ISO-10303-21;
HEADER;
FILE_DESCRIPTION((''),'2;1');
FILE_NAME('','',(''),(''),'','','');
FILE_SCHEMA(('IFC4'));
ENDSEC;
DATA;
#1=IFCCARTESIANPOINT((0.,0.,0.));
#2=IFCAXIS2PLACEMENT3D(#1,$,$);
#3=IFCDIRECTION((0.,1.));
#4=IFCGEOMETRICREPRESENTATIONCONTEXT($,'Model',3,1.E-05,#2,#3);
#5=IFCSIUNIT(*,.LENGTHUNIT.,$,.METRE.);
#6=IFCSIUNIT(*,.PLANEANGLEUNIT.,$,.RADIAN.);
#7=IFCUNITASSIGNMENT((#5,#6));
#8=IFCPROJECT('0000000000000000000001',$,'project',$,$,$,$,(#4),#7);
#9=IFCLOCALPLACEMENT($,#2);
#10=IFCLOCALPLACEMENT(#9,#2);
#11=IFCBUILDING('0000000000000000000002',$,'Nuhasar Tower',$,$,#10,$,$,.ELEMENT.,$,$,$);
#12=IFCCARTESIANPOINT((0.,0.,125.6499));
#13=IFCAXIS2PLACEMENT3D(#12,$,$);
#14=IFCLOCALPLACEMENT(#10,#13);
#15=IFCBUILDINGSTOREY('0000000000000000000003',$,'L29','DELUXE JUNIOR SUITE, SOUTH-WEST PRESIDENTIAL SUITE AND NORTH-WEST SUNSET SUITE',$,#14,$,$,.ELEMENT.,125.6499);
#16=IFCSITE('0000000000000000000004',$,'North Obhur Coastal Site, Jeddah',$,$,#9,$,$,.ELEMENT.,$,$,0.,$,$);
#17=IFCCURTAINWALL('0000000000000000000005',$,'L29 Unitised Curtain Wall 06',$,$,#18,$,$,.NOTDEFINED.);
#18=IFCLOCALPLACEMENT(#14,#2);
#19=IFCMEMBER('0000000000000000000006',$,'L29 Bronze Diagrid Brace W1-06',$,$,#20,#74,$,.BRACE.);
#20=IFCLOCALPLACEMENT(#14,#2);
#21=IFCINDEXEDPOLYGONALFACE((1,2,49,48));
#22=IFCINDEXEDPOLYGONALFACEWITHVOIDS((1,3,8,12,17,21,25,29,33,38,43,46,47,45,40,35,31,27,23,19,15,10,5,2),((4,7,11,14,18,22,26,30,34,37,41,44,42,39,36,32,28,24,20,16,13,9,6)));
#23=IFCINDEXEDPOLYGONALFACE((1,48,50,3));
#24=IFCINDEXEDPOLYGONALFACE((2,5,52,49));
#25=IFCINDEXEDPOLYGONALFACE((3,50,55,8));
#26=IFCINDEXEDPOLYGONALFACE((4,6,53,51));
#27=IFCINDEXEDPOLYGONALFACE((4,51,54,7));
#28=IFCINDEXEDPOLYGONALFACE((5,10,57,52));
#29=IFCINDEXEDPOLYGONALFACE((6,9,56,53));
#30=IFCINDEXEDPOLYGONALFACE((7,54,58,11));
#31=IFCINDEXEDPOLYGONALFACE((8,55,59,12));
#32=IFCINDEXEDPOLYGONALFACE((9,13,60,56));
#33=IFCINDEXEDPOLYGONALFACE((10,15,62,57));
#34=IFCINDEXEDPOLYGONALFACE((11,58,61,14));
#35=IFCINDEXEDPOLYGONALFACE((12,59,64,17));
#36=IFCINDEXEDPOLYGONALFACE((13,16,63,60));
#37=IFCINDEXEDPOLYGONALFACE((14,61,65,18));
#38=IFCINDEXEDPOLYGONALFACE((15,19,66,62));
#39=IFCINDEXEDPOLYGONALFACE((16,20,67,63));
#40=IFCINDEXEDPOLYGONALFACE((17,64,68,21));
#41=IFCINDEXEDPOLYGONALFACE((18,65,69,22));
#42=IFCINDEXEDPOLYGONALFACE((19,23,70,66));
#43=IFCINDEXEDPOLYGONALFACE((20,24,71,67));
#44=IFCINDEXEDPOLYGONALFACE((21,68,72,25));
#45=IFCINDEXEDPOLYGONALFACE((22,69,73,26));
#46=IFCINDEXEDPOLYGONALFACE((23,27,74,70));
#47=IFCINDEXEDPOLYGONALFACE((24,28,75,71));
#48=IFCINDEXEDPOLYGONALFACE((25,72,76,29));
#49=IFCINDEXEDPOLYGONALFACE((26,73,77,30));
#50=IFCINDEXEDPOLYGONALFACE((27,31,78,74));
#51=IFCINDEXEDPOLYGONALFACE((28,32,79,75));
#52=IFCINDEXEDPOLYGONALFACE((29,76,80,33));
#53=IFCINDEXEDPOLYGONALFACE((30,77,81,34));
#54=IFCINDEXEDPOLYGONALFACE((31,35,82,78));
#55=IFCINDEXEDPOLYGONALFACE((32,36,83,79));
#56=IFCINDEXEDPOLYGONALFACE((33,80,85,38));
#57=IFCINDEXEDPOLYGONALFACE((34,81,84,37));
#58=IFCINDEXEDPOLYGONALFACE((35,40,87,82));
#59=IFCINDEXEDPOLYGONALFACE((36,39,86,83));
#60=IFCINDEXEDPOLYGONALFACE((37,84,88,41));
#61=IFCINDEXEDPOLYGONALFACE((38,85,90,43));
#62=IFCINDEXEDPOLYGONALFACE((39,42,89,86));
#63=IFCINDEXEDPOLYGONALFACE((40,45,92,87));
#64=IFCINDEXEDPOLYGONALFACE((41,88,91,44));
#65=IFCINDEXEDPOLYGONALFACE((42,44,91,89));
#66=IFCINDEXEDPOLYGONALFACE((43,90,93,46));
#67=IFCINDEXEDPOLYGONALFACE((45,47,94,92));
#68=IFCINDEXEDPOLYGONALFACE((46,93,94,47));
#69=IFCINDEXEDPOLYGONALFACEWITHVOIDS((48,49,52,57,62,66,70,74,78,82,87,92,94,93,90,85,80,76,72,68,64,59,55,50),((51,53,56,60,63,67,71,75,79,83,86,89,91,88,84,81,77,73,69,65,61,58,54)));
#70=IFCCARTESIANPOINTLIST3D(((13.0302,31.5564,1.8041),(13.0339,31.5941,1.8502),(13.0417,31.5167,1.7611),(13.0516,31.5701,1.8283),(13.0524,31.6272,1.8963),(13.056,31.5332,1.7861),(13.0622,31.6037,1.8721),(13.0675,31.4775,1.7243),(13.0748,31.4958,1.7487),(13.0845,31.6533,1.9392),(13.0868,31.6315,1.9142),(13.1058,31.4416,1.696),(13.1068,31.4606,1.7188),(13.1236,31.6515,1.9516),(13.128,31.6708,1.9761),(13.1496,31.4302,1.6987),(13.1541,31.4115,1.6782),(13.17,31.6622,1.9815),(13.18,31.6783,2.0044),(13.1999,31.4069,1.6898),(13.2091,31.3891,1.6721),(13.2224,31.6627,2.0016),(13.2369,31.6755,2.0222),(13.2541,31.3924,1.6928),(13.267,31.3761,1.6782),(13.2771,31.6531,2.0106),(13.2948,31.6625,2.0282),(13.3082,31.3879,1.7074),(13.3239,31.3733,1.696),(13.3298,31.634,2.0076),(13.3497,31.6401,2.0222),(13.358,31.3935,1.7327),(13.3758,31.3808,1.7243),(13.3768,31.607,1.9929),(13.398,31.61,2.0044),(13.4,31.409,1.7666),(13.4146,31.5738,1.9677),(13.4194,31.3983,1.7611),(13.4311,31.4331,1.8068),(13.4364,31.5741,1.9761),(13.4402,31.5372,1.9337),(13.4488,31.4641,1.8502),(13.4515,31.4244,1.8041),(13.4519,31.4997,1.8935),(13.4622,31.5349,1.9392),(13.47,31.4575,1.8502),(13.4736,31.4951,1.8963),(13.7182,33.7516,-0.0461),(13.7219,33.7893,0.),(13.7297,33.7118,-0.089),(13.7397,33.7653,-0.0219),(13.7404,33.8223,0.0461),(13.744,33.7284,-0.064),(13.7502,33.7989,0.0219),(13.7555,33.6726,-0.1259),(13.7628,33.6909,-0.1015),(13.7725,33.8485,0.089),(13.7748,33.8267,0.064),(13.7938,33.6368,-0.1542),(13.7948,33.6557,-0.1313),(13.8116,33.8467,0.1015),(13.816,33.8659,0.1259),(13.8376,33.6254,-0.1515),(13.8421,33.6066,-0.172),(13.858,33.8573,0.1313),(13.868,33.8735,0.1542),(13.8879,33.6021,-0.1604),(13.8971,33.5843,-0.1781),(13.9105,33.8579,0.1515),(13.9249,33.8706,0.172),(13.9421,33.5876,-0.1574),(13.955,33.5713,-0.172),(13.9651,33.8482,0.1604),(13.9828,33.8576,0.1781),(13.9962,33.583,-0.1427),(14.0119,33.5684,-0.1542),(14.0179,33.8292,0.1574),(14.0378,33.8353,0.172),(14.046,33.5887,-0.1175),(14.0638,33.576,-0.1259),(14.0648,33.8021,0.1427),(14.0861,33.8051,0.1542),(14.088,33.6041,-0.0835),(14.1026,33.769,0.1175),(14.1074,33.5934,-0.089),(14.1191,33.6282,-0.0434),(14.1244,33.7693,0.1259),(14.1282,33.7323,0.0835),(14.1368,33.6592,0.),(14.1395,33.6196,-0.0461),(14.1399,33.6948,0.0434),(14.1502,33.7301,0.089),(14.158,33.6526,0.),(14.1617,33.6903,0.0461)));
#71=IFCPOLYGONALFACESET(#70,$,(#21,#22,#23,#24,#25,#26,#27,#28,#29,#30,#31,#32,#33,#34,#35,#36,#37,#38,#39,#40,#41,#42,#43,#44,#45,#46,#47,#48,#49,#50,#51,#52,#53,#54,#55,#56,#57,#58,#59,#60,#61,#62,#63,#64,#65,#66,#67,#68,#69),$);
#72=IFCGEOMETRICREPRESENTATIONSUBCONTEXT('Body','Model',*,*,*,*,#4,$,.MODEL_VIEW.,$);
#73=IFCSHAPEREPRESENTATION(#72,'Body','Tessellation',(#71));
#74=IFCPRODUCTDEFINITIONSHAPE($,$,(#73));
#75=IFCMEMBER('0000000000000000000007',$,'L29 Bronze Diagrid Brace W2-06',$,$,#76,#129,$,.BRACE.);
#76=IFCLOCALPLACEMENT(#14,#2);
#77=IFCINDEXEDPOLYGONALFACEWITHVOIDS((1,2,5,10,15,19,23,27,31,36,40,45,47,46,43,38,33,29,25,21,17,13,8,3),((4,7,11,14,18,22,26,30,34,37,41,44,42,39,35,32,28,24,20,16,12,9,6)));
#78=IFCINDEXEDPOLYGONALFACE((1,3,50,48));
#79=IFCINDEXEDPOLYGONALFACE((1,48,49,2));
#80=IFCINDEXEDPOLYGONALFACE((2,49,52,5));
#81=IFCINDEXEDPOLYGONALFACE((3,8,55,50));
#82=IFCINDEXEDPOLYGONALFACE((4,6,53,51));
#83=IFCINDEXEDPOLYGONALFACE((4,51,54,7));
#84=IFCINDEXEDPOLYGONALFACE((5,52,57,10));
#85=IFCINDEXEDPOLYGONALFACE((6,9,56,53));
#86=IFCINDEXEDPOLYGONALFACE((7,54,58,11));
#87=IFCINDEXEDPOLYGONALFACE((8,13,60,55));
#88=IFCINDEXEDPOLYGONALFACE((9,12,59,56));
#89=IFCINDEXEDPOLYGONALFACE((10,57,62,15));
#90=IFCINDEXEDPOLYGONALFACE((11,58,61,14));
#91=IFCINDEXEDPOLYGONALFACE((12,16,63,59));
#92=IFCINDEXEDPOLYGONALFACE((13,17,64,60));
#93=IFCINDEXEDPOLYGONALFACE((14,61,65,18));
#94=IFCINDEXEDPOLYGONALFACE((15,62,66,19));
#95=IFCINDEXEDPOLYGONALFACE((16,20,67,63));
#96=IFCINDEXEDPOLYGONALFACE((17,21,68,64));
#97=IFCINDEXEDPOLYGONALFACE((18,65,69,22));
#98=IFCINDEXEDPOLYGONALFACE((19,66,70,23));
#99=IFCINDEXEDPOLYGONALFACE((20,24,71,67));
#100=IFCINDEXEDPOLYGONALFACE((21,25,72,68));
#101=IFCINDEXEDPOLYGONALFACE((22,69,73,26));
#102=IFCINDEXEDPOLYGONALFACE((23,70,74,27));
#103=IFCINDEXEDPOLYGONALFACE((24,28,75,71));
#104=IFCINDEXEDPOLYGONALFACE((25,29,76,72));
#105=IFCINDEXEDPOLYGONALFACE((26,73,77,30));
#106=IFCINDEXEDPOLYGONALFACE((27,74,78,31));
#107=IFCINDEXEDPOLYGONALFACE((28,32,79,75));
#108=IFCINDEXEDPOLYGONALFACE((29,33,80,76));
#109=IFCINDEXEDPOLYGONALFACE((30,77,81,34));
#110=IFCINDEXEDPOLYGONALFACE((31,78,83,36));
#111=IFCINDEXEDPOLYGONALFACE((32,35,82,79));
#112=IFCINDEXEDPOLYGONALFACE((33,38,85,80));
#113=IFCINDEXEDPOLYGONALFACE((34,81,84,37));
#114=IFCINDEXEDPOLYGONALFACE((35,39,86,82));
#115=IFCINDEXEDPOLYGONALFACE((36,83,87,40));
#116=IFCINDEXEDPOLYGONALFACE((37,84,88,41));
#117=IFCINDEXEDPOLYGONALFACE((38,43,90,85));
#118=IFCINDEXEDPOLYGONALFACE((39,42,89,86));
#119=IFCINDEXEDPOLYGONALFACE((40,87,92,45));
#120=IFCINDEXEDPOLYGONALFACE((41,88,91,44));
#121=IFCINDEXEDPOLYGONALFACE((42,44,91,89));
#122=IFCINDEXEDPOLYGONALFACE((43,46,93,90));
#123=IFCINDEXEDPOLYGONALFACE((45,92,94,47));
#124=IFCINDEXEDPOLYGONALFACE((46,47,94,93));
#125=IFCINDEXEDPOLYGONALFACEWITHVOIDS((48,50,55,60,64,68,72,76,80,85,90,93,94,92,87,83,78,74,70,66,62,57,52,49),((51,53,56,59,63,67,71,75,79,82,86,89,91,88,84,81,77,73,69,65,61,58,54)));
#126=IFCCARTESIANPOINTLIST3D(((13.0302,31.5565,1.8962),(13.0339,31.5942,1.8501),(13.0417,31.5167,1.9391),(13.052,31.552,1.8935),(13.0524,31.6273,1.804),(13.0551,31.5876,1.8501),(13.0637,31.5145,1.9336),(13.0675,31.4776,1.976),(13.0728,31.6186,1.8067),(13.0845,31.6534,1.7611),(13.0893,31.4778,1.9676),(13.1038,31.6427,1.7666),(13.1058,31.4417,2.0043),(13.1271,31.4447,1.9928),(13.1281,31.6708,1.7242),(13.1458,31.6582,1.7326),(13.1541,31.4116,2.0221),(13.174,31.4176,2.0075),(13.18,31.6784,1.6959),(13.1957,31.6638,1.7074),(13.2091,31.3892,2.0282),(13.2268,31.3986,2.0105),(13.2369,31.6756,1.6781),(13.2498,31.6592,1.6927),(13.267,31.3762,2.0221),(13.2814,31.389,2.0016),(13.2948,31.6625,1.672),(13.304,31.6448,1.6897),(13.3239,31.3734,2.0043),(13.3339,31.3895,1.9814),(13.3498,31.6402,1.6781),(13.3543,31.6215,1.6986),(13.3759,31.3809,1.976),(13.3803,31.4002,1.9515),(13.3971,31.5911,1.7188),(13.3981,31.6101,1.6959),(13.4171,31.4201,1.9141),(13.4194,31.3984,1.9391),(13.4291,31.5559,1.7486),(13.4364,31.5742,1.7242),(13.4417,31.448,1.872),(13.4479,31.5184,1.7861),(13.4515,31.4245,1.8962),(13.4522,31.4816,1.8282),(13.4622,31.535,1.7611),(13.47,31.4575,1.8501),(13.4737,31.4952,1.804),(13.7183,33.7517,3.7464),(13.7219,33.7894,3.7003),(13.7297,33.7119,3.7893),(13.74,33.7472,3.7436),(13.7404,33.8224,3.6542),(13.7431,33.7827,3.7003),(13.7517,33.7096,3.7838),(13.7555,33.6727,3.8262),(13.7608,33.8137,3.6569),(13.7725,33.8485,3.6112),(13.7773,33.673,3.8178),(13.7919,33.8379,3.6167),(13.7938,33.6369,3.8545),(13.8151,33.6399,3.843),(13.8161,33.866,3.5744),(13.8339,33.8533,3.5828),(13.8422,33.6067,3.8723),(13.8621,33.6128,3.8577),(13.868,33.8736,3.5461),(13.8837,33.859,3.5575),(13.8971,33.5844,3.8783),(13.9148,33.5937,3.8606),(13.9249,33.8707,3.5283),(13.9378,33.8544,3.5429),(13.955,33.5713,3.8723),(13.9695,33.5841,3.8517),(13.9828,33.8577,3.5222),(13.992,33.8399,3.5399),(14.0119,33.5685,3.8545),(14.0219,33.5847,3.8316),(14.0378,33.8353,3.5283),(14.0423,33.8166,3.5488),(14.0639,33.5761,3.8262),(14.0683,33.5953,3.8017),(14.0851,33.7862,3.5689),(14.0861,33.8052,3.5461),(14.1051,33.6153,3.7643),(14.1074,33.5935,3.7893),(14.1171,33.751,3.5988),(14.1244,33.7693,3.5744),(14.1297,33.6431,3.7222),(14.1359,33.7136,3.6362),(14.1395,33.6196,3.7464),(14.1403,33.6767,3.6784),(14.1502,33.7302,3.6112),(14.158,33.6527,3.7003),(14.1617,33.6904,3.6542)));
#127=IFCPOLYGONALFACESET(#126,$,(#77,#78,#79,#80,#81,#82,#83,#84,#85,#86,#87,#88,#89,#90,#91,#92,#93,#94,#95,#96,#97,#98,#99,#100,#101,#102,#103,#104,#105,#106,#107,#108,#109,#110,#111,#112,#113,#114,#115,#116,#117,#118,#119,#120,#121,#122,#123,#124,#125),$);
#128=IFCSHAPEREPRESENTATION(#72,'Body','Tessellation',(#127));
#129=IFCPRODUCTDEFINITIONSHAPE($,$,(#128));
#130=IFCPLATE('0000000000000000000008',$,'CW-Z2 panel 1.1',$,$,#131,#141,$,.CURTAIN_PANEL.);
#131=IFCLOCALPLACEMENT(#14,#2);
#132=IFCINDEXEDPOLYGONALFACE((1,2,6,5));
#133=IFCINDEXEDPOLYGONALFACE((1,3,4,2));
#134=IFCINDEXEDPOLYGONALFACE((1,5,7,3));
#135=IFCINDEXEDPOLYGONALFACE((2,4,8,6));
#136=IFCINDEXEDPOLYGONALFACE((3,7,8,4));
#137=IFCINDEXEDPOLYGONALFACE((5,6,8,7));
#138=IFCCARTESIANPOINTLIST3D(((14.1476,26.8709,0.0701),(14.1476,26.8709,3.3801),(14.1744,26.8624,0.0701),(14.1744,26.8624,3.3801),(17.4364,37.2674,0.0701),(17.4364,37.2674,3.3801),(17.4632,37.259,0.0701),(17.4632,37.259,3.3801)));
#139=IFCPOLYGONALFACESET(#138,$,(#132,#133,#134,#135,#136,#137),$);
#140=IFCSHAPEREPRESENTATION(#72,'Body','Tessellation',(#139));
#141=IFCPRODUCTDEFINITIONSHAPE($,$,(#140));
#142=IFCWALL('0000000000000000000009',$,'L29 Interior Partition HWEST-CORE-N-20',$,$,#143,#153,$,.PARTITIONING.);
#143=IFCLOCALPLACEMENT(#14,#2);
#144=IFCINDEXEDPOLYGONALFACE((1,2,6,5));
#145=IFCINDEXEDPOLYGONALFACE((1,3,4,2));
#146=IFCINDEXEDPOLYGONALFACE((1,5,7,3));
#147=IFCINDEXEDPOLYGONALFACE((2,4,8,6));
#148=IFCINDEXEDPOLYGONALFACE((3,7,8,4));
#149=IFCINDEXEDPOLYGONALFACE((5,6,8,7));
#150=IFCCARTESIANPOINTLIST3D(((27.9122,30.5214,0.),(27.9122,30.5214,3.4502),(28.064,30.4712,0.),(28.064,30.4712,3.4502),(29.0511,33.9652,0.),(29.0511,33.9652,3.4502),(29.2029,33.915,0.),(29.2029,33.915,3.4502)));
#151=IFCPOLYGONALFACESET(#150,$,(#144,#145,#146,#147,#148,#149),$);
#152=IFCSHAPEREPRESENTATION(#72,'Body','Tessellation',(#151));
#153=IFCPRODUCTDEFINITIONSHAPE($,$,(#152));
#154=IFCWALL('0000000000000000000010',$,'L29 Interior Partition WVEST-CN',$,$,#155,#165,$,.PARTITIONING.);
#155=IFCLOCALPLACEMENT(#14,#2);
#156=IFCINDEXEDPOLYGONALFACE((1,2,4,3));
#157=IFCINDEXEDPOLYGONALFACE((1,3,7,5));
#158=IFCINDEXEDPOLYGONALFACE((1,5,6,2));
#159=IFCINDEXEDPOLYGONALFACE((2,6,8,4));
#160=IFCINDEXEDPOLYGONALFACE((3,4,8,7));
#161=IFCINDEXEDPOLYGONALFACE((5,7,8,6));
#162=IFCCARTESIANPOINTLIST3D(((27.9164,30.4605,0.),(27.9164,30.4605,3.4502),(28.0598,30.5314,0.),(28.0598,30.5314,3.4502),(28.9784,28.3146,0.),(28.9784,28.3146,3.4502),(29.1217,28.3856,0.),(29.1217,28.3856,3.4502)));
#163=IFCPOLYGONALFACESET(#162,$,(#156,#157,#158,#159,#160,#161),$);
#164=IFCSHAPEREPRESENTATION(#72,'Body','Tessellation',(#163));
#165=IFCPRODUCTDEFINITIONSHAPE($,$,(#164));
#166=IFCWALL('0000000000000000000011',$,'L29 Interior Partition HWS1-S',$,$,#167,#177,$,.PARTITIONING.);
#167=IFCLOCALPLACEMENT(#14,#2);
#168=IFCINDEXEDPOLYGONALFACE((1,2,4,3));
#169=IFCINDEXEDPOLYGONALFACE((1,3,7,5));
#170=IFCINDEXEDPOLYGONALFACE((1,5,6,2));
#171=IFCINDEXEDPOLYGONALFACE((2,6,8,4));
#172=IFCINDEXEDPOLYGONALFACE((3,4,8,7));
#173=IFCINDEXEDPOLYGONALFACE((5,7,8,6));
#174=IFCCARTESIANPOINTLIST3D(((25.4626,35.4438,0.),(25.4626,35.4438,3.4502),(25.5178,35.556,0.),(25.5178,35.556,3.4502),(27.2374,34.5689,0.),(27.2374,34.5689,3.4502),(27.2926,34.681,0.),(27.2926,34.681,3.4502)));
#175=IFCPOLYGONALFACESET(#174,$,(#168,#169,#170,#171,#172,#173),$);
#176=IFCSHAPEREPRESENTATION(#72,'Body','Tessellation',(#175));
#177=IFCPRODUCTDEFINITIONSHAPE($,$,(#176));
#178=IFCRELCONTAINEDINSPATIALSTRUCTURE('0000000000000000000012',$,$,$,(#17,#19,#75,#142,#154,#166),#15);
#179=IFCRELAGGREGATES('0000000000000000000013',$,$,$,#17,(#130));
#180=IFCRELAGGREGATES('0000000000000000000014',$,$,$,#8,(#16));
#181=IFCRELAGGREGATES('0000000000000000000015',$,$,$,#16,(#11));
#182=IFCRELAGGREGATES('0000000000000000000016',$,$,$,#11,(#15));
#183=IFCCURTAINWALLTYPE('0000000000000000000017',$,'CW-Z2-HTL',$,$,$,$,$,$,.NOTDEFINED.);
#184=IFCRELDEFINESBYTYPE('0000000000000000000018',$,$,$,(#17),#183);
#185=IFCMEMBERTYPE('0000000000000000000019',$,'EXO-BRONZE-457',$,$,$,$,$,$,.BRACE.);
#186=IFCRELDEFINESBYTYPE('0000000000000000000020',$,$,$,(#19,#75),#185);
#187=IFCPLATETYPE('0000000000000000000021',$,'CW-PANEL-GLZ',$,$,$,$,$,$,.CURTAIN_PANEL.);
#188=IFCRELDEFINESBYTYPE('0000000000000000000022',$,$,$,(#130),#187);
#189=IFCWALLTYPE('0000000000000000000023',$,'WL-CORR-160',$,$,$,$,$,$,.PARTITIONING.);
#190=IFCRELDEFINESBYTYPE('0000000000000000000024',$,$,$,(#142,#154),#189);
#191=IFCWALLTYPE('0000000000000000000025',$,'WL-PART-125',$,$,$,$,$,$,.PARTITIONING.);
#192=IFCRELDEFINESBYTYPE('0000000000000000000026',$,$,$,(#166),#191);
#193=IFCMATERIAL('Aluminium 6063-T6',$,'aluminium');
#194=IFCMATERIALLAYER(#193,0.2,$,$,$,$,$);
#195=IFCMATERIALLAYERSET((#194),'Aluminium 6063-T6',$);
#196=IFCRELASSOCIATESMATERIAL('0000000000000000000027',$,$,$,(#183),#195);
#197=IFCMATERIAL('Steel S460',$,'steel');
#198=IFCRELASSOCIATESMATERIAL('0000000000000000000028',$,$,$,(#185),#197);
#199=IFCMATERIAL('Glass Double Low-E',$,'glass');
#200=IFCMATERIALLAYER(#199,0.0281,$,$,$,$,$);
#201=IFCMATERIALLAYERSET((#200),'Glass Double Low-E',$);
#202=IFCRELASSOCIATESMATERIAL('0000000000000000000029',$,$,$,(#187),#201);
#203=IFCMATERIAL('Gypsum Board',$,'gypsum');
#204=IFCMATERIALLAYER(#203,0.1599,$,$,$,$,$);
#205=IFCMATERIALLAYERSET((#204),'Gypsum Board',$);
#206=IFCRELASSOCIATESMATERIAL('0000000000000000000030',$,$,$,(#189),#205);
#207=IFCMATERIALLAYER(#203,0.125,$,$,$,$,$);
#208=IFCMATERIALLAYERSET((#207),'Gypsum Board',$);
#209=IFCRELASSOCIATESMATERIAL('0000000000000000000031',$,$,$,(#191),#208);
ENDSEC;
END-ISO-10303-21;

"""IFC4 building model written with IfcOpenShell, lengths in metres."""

from ifc_helpers import new_model, si_unit, direction, frame, frame_2d, origin, origin_2d, place, context, subcontext, project, spatial, rectangle, hollow_circle, extrude, material, layer, layer_set, material_profile, profile_set, type_object, element, aggregate, save


model = new_model("IFC4")

# Units and contexts
model_context = context("Model", 3, precision=1e-05, world=origin(), true_north=direction((0.0, 1.0)))
body_context = subcontext(model_context, "Body", "Model", "MODEL_VIEW")
ifc_project = project(units=[si_unit("LENGTHUNIT", "METRE"), si_unit("PLANEANGLEUNIT", "RADIAN")], contexts=[model_context])

# Site, building, storey
site_placement = place(None, origin())
site = spatial("IfcSite", under=ifc_project, at=site_placement, Name="North Obhur Coastal Site, Jeddah", CompositionType="ELEMENT", RefElevation=0.0)
building_placement = place(site_placement, origin())
building = spatial("IfcBuilding", under=site, at=building_placement, Name="Nuhasar Tower", CompositionType="ELEMENT")
storey_placement = place(building_placement, frame((0.0, 0.0, 125.6499)))
storey = spatial("IfcBuildingStorey", under=building, at=storey_placement, Name="L29", Description="DELUXE JUNIOR SUITE, SOUTH-WEST PRESIDENTIAL SUITE AND NORTH-WEST SUNSET SUITE", CompositionType="ELEMENT", Elevation=125.6499)

# Curtain wall
ifc_material_1 = material(Name="Aluminium 6063-T6", Category="aluminium")
ifc_layer_1 = layer(ifc_material_1, 0.2)
ifc_layer_set_1 = layer_set([ifc_layer_1], Name="Aluminium 6063-T6")
curtain_wall_type = type_object("IfcCurtainWallType", Name="CW-Z2-HTL", PredefinedType="NOTDEFINED", material=ifc_layer_set_1)
curtain_wall_placement = place(storey_placement, origin())
curtain_wall = element("IfcCurtainWall", 1, at=curtain_wall_placement, inside=storey, type_object=curtain_wall_type, Name="L29 Unitised Curtain Wall 06", PredefinedType="NOTDEFINED")

# Members
ifc_material_2 = material(Name="Steel S460", Category="steel")
ifc_material_profile_1 = material_profile(ifc_material_2, hollow_circle(Radius=0.2285, WallThickness=0.0222, at=origin_2d()), Name="HSS457X22.2")
ifc_profile_set_1 = profile_set([ifc_material_profile_1], Name="Steel S460")
member_type_1 = type_object("IfcMemberType", Name="EXO-BRONZE-457", PredefinedType="BRACE", material=ifc_profile_set_1)
for number, where, z_axis, x_axis, name in (
    (2, (13.9399, 33.7209, 0.0), (-0.233056, -0.743578, 0.626719), (0.954228, -0.299079, 0.0), "L29 Bronze Diagrid Brace W1-06"),
    (3, (13.252, 31.5259, 1.8501), (0.233056, 0.743578, 0.626719), (-0.954228, 0.299079, 0.0), "L29 Bronze Diagrid Brace W2-06"),
):
    element("IfcMember", number, at=place(storey_placement, frame(where, z_axis=z_axis, x_axis=x_axis)), inside=storey, type_object=member_type_1, Name=name, PredefinedType="BRACE", context=body_context, shape_type="SweptSolid", body=[
        extrude(hollow_circle(Radius=0.2285, WallThickness=0.0222, at=origin_2d()), origin(), (0.0, 0.0, 1.0), 2.9521),
    ])

# Plate
ifc_material_3 = material(Name="Glass Double Low-E", Category="glass")
ifc_layer_2 = layer(ifc_material_3, 0.0281)
ifc_layer_set_2 = layer_set([ifc_layer_2], Name="Glass Double Low-E")
plate_type = type_object("IfcPlateType", Name="CW-PANEL-GLZ", PredefinedType="CURTAIN_PANEL", material=ifc_layer_set_2)
plate_placement = place(storey_placement, frame((15.8054, 32.0649, 0.0701), z_axis=(0.0, 0.0, 1.0), x_axis=(-0.301604, -0.953433, 0.0)))
plate = element("IfcPlate", 4, at=plate_placement, type_object=plate_type, Name="CW-Z2 panel 1.1", PredefinedType="CURTAIN_PANEL", context=body_context, shape_type="SweptSolid", body=[
    extrude(rectangle(XDim=10.9043, YDim=0.0281, at=origin_2d()), origin(), (0.0, 0.0, 1.0), 3.3101),
])
aggregate(curtain_wall, [plate])

# Wall
ifc_material_4 = material(Name="Gypsum Board", Category="gypsum")
ifc_layer_3 = layer(ifc_material_4, 0.1599)
ifc_layer_set_3 = layer_set([ifc_layer_3], Name="Gypsum Board")
wall_type_1 = type_object("IfcWallType", Name="WL-CORR-160", PredefinedType="PARTITIONING", material=ifc_layer_set_3)
wall_1_placement = place(storey_placement, frame((29.127, 33.9399, 0.0), z_axis=(0.0, 0.0, 1.0), x_axis=(-0.313986, -0.949428, 0.0)))
element("IfcWall", 5, at=wall_1_placement, inside=storey, type_object=wall_type_1, Name="L29 Interior Partition HWEST-CORE-N-20", PredefinedType="PARTITIONING", context=body_context, shape_type="SweptSolid", body=[
    extrude(rectangle(XDim=3.6272, YDim=0.1599, at=frame_2d((1.8135, 0.0))), origin(), (0.0, 0.0, 1.0), 3.4502),
])

# Walls
wall_2_placement = place(storey_placement, frame((27.988, 30.4961, 0.0), z_axis=(0.0, 0.0, 1.0), x_axis=(0.443539, -0.896255, 0.0)))
element("IfcWall", 6, at=wall_2_placement, inside=storey, type_object=wall_type_1, Name="L29 Interior Partition WVEST-CN", PredefinedType="PARTITIONING", context=body_context, shape_type="SweptSolid", body=[
    extrude(rectangle(XDim=2.3943, YDim=0.1599, at=frame_2d((1.1973, 0.0))), origin(), (0.0, 0.0, 1.0), 3.4502),
])
ifc_layer_4 = layer(ifc_material_4, 0.125)
ifc_layer_set_4 = layer_set([ifc_layer_4], Name="Gypsum Board")
wall_type_2 = type_object("IfcWallType", Name="WL-PART-125", PredefinedType="PARTITIONING", material=ifc_layer_set_4)
wall_3_placement = place(storey_placement, frame((27.2649, 34.625, 0.0), z_axis=(0.0, 0.0, 1.0), x_axis=(-0.89693, 0.442173, 0.0)))
element("IfcWall", 7, at=wall_3_placement, inside=storey, type_object=wall_type_2, Name="L29 Interior Partition HWS1-S", PredefinedType="PARTITIONING", context=body_context, shape_type="SweptSolid", body=[
    extrude(rectangle(XDim=1.9788, YDim=0.125, at=frame_2d((0.9893, 0.0))), origin(), (0.0, 0.0, 1.0), 3.4502),
])

save(model, "model.ifc")
